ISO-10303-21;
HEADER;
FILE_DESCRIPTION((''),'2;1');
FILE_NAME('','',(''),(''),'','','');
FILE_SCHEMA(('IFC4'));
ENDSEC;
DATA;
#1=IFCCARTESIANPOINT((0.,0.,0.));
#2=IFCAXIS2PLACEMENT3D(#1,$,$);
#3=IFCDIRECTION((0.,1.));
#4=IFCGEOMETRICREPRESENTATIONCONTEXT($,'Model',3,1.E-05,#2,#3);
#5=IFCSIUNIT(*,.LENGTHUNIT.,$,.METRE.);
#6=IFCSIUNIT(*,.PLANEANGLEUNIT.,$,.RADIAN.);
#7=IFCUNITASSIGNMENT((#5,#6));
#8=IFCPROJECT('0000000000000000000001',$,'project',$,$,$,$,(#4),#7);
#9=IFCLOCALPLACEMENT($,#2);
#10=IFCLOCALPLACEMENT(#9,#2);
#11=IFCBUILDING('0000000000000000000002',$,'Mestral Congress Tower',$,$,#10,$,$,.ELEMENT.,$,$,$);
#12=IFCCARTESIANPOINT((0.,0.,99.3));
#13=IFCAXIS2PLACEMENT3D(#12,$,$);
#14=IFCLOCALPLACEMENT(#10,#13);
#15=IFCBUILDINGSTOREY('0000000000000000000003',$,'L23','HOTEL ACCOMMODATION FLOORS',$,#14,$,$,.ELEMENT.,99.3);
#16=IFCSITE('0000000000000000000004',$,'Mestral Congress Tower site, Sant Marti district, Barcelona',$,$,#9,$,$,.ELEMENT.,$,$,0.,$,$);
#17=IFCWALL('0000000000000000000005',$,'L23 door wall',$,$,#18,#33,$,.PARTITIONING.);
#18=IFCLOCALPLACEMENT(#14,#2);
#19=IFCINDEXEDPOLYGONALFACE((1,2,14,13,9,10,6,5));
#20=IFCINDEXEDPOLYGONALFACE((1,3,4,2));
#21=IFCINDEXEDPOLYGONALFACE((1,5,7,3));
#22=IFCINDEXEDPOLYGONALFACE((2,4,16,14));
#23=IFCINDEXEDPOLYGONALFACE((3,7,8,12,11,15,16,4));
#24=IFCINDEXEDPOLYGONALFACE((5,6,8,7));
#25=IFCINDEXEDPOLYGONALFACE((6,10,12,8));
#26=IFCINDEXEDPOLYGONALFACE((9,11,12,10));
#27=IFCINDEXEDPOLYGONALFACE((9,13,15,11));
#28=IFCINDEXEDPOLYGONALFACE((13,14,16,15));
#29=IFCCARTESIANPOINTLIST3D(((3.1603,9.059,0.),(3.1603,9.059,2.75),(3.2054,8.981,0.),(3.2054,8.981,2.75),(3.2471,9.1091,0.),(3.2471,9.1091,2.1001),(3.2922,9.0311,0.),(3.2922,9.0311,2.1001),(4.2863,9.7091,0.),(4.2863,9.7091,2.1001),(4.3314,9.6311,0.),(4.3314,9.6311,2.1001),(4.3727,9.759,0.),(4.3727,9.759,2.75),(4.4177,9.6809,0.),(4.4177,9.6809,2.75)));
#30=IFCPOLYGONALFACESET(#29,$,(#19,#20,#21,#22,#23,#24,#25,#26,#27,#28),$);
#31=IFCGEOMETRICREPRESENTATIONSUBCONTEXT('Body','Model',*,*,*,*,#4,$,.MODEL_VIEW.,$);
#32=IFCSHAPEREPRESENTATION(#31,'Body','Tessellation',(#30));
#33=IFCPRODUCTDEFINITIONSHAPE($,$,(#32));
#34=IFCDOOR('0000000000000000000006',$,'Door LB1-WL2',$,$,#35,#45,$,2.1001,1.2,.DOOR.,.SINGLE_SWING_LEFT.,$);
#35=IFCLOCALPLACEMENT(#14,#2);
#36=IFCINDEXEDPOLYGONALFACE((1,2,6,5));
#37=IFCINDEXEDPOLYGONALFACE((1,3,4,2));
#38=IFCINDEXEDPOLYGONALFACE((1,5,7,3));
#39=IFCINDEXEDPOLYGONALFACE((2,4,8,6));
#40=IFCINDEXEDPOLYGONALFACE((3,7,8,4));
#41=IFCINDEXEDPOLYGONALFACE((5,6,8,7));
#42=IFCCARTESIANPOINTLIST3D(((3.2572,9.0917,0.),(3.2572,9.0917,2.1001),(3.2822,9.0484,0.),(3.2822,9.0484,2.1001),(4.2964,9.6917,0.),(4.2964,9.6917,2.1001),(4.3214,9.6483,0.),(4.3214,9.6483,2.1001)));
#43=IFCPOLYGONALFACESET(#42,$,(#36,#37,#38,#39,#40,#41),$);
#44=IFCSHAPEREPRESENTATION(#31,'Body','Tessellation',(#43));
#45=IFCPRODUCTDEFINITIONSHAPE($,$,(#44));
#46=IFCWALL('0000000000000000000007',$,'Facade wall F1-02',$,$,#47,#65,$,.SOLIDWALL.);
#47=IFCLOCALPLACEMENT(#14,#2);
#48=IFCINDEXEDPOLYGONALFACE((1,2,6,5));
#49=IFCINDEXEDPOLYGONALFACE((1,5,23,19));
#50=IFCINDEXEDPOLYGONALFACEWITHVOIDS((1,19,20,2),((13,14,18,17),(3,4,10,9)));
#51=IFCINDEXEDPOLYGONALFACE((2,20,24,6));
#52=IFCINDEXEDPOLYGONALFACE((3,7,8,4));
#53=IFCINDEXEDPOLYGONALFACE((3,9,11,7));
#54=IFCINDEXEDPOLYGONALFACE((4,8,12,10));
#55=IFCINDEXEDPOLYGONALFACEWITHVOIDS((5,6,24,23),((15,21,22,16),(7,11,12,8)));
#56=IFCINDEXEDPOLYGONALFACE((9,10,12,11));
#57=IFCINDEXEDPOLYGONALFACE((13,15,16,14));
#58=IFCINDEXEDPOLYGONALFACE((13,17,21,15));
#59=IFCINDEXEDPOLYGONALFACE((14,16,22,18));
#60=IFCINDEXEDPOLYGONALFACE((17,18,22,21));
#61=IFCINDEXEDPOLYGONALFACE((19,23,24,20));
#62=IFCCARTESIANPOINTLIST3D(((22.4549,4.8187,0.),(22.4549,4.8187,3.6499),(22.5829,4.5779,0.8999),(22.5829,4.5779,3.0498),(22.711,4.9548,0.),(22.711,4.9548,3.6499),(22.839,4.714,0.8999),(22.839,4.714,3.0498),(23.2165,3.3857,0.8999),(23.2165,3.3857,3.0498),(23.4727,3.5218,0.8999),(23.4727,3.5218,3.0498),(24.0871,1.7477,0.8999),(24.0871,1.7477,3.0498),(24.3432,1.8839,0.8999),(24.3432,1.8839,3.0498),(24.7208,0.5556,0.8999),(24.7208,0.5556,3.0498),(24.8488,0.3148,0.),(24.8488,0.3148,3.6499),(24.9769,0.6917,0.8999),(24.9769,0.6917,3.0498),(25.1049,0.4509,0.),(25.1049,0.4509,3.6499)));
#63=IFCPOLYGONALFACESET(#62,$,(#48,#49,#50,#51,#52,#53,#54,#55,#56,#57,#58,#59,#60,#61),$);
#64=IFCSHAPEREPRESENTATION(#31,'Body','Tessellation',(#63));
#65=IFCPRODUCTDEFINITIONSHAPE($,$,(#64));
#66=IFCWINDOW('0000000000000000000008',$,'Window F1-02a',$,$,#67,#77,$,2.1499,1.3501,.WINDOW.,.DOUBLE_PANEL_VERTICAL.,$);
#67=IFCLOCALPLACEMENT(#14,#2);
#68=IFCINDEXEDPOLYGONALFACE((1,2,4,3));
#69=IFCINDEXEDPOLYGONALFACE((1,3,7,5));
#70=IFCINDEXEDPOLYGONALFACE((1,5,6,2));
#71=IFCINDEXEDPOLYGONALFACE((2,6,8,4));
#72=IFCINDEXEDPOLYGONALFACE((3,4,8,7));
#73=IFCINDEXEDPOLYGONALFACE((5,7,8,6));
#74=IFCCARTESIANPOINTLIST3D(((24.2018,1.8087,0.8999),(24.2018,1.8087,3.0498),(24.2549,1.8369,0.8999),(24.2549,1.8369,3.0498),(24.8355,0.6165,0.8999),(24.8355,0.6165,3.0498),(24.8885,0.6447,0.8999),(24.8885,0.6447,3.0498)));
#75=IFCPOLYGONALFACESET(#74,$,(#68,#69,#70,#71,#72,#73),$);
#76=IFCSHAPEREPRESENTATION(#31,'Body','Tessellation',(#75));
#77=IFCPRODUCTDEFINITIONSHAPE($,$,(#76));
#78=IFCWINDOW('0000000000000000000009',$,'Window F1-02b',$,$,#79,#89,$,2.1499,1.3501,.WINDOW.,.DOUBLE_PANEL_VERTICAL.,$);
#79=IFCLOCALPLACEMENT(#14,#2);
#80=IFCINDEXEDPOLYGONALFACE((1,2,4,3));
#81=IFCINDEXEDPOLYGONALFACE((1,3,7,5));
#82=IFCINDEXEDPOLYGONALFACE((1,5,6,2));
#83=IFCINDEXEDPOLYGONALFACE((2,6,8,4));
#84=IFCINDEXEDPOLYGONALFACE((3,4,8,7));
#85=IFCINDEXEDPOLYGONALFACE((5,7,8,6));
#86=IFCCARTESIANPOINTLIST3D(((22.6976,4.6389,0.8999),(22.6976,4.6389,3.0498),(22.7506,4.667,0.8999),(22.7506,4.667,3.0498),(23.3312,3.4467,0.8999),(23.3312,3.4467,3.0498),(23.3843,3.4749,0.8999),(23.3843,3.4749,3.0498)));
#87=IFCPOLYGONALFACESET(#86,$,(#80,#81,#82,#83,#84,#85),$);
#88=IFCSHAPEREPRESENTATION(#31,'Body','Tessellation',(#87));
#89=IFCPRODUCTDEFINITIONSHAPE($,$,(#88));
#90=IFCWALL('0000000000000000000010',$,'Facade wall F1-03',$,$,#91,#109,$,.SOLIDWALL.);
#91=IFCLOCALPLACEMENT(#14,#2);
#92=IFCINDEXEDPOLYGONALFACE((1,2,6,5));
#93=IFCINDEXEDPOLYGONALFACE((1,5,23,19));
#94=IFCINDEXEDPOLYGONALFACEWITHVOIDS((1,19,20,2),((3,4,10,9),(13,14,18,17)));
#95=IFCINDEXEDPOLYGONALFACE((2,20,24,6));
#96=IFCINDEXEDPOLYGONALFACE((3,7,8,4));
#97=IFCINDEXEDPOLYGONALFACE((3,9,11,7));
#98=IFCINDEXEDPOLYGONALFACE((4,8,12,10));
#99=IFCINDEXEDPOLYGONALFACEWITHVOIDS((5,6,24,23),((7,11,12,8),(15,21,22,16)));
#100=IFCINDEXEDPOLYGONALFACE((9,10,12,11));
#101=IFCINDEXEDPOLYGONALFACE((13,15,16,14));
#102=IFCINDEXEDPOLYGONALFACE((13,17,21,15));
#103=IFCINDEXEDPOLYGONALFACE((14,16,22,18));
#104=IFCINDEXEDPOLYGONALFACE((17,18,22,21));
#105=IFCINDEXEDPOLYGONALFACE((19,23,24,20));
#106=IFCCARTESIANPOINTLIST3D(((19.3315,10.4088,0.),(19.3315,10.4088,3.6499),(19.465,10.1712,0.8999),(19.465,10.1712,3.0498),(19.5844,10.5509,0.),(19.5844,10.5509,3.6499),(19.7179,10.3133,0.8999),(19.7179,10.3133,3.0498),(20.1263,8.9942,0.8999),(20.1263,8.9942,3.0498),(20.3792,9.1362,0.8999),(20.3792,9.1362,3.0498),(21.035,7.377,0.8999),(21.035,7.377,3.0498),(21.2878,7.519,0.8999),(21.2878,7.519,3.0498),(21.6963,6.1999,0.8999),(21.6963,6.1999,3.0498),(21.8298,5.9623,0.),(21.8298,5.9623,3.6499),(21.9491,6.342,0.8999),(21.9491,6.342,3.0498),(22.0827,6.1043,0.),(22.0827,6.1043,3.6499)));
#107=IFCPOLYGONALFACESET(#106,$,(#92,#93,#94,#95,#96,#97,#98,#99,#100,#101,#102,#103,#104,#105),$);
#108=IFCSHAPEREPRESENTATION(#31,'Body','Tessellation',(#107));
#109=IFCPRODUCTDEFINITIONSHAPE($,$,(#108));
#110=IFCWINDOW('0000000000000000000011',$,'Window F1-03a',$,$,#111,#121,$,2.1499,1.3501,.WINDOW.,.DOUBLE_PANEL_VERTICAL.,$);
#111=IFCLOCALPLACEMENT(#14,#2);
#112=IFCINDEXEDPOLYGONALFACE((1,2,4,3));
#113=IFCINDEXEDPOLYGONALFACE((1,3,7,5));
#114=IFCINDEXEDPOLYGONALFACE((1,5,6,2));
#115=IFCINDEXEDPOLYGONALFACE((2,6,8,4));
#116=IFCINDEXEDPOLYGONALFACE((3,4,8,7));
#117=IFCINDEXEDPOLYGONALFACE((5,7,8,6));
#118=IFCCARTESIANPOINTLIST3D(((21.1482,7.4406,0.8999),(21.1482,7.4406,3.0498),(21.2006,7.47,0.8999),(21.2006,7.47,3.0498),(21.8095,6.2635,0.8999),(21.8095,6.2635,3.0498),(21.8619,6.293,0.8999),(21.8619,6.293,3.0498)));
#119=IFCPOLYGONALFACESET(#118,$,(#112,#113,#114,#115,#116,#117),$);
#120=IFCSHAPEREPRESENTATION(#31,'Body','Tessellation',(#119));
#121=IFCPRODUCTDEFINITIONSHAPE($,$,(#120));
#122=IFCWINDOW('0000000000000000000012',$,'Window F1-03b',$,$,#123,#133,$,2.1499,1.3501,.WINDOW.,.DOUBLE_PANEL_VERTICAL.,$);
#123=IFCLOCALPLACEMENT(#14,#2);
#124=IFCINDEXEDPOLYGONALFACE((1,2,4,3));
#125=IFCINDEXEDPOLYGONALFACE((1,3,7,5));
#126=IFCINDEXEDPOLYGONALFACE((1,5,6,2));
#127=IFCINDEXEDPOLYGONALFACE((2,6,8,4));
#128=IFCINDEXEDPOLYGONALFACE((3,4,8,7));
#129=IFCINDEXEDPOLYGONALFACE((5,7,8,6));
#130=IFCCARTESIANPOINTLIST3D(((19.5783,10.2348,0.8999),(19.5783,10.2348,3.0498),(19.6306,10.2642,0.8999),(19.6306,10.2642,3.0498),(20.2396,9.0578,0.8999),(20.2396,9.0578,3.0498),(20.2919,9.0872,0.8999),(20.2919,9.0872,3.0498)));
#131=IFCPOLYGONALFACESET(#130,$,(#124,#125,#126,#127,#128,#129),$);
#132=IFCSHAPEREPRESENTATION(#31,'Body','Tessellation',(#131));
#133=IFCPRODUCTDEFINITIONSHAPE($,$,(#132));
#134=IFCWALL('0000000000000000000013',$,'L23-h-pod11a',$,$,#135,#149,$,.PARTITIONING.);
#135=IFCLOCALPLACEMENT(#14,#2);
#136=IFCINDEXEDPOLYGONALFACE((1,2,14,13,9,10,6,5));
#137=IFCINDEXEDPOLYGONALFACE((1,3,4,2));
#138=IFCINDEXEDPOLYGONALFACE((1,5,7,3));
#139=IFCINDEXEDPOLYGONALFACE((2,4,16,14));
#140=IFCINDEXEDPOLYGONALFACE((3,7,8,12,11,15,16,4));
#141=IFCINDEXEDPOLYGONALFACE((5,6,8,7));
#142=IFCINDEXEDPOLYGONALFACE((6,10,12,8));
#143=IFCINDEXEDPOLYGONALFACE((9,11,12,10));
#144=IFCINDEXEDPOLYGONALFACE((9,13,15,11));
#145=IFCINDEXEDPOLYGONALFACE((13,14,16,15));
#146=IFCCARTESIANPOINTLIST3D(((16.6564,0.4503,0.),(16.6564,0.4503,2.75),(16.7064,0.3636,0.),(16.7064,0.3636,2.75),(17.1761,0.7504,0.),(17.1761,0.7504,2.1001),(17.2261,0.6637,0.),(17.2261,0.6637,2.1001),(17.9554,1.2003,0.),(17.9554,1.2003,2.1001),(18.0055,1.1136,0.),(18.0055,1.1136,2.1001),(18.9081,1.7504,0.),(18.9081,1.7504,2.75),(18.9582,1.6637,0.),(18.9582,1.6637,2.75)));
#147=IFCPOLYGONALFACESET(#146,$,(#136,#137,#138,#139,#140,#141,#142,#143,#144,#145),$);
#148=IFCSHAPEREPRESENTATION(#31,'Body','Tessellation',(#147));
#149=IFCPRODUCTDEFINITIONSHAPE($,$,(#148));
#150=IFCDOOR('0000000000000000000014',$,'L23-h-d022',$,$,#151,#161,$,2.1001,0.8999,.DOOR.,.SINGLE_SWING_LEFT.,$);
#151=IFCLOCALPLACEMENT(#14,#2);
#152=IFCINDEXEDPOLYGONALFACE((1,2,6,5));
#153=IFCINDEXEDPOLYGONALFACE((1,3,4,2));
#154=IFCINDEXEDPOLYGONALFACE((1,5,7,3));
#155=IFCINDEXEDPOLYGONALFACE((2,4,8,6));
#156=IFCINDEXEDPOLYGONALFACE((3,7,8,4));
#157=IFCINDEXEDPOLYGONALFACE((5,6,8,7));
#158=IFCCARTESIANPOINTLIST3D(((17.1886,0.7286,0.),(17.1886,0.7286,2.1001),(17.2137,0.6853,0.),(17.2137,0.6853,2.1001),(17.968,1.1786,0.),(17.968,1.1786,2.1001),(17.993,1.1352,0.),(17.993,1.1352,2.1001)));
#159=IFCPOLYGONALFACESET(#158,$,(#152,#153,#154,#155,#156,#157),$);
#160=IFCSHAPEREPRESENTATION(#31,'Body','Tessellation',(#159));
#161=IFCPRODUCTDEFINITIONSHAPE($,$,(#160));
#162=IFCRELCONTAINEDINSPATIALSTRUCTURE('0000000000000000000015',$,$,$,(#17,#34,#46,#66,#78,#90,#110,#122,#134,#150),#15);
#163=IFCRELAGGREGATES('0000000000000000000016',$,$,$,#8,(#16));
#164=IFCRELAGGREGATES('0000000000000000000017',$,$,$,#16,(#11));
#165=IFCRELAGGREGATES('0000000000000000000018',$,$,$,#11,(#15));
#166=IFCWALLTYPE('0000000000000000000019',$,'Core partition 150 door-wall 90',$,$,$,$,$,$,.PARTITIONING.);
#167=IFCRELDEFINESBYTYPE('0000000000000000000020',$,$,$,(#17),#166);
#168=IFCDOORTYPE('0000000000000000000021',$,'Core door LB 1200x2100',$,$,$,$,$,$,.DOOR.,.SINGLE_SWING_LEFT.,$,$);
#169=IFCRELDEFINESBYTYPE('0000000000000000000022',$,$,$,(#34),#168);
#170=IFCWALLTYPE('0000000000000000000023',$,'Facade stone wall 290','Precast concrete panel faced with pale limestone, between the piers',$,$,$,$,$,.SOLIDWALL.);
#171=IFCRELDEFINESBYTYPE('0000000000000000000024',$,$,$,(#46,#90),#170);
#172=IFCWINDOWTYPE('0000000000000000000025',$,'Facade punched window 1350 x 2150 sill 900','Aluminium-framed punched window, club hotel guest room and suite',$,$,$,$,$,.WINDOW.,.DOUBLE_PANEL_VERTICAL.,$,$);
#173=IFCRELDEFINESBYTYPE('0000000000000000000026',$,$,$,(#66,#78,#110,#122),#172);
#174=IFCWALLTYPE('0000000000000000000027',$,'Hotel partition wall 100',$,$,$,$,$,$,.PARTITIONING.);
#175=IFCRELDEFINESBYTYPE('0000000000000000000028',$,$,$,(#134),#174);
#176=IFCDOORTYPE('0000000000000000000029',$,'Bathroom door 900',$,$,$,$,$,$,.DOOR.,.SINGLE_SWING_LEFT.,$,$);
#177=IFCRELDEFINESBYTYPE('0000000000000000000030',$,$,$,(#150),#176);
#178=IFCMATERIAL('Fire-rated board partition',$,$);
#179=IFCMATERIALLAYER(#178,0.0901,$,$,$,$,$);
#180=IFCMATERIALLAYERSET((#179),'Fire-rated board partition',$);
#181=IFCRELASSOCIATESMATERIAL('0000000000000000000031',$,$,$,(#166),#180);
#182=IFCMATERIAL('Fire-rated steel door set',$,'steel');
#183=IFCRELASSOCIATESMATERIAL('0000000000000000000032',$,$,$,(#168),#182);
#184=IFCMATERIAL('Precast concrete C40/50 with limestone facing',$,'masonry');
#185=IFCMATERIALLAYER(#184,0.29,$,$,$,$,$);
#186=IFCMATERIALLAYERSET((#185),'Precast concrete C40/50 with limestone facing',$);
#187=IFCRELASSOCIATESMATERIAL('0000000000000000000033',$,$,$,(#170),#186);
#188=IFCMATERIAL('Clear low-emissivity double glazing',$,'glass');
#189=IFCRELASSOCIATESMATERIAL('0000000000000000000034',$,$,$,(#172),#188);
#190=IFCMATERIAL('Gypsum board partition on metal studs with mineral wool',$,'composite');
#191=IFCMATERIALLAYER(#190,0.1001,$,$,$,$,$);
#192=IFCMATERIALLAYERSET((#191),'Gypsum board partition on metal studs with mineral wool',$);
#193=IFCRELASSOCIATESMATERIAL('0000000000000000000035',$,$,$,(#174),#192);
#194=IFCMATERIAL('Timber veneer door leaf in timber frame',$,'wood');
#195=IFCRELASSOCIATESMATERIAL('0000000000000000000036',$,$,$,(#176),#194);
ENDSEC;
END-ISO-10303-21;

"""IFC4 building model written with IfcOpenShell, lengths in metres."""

from ifc_helpers import new_model, si_unit, direction, frame, frame_2d, origin, place, context, subcontext, project, spatial, rectangle, extrude, material, layer, layer_set, type_object, element, fill, save


model = new_model("IFC4")

# Units and contexts
model_context = context("Model", 3, precision=1e-05, world=origin(), true_north=direction((0.0, 1.0)))
body_context = subcontext(model_context, "Body", "Model", "MODEL_VIEW")
ifc_project = project(units=[si_unit("LENGTHUNIT", "METRE"), si_unit("PLANEANGLEUNIT", "RADIAN")], contexts=[model_context])

# Site, building, storey
site_placement = place(None, origin())
site = spatial("IfcSite", under=ifc_project, at=site_placement, Name="Mestral Congress Tower site, Sant Marti district, Barcelona", CompositionType="ELEMENT", RefElevation=0.0)
building_placement = place(site_placement, origin())
building = spatial("IfcBuilding", under=site, at=building_placement, Name="Mestral Congress Tower", CompositionType="ELEMENT")
storey_placement = place(building_placement, frame((0.0, 0.0, 99.3)))
storey = spatial("IfcBuildingStorey", under=building, at=storey_placement, Name="L23", Description="HOTEL ACCOMMODATION FLOORS", CompositionType="ELEMENT", Elevation=99.3)

# Shared definitions
ifc_material_1 = material(Name="Fire-rated board partition")

# Wall, opening, door
ifc_layer_1 = layer(ifc_material_1, 0.0901)
ifc_layer_set_1 = layer_set([ifc_layer_1], Name="Fire-rated board partition")
wall_type_1 = type_object("IfcWallType", Name="Core partition 150 door-wall 90", PredefinedType="PARTITIONING", material=ifc_layer_set_1)
wall_1_placement = place(storey_placement, frame((3.1829, 9.02, 0.0), z_axis=(0.0, 0.0, 1.0), x_axis=(0.866035, 0.499984, 0.0)))
wall_1 = element("IfcWall", 1, at=wall_1_placement, inside=storey, type_object=wall_type_1, Name="L23 door wall", PredefinedType="PARTITIONING", context=body_context, shape_type="SweptSolid", body=[
    extrude(rectangle(XDim=1.3999, YDim=0.0901, at=frame_2d((0.7, 0.0))), origin(), (0.0, 0.0, 1.0), 2.75),
])
opening_1_placement = place(wall_1_placement, frame((0.1001, 0.0, 0.0)))
opening_1 = element("IfcOpeningElement", 2, at=opening_1_placement, cuts=wall_1, PredefinedType="OPENING", context=body_context, shape_type="SweptSolid", body=[
    extrude(rectangle(XDim=1.2, YDim=2.1001, at=frame_2d((0.6001, 1.05))), frame((0.0, 0.0549, 0.0), z_axis=(0.0, -1.0, 0.0), x_axis=(1.0, 0.0, 0.0)), (0.0, 0.0, 1.0), 0.1101),
])
ifc_material_2 = material(Name="Fire-rated steel door set", Category="steel")
door_type_1 = type_object("IfcDoorType", Name="Core door LB 1200x2100", OperationType="SINGLE_SWING_LEFT", PredefinedType="DOOR", material=ifc_material_2)
door_1_placement = place(opening_1_placement, origin())
door_1 = element("IfcDoor", 3, at=door_1_placement, inside=storey, type_object=door_type_1, Name="Door LB1-WL2", OperationType="SINGLE_SWING_LEFT", OverallHeight=2.1001, OverallWidth=1.2, PredefinedType="DOOR", context=body_context, shape_type="SweptSolid", body=[
    extrude(rectangle(XDim=1.2, YDim=2.1001, at=frame_2d((0.6001, 1.05))), frame((0.0, 0.0249, 0.0), z_axis=(0.0, -1.0, 0.0), x_axis=(1.0, 0.0, 0.0)), (0.0, 0.0, 1.0), 0.05),
])
fill(opening_1, door_1)

# Walls, openings, windows
ifc_material_3 = material(Name="Precast concrete C40/50 with limestone facing", Category="masonry")
ifc_layer_2 = layer(ifc_material_3, 0.29)
ifc_layer_set_2 = layer_set([ifc_layer_2], Name="Precast concrete C40/50 with limestone facing")
wall_type_2 = type_object("IfcWallType", Name="Facade stone wall 290", Description="Precast concrete panel faced with pale limestone, between the piers", PredefinedType="SOLIDWALL", material=ifc_layer_set_2)
wall_2_placement = place(storey_placement, frame((24.9768, 0.3828, 0.0), z_axis=(0.0, 0.0, 1.0), x_axis=(-0.469323, 0.883026, 0.0)))
wall_2 = element("IfcWall", 4, at=wall_2_placement, inside=storey, type_object=wall_type_2, Name="Facade wall F1-02", PredefinedType="SOLIDWALL", context=body_context, shape_type="SweptSolid", body=[
    extrude(rectangle(XDim=5.1006, YDim=0.29, at=frame_2d((2.5503, 0.0))), origin(), (0.0, 0.0, 1.0), 3.6499),
])
opening_2_placement = place(wall_2_placement, frame((0.2727, 0.0, 0.8999)))
opening_2 = element("IfcOpeningElement", 5, at=opening_2_placement, cuts=wall_2, PredefinedType="OPENING", context=body_context, shape_type="SweptSolid", body=[
    extrude(rectangle(XDim=1.3501, YDim=2.1499, at=frame_2d((0.675, 1.075))), frame((0.0, 0.155, 0.0), z_axis=(0.0, -1.0, 0.0), x_axis=(1.0, 0.0, 0.0)), (0.0, 0.0, 1.0), 0.3101),
])
opening_3_placement = place(wall_2_placement, frame((3.4778, 0.0, 0.8999)))
opening_3 = element("IfcOpeningElement", 6, at=opening_3_placement, cuts=wall_2, PredefinedType="OPENING", context=body_context, shape_type="SweptSolid", body=[
    extrude(rectangle(XDim=1.3501, YDim=2.1499, at=frame_2d((0.675, 1.075))), frame((0.0, 0.155, 0.0), z_axis=(0.0, -1.0, 0.0), x_axis=(1.0, 0.0, 0.0)), (0.0, 0.0, 1.0), 0.3101),
])
ifc_material_4 = material(Name="Clear low-emissivity double glazing", Category="glass")
window_type = type_object("IfcWindowType", Name="Facade punched window 1350 x 2150 sill 900", Description="Aluminium-framed punched window, club hotel guest room and suite", PartitioningType="DOUBLE_PANEL_VERTICAL", PredefinedType="WINDOW", material=ifc_material_4)
window_1_placement = place(opening_2_placement, origin())
window_1 = element("IfcWindow", 7, at=window_1_placement, inside=storey, type_object=window_type, Name="Window F1-02a", OverallHeight=2.1499, OverallWidth=1.3501, PartitioningType="DOUBLE_PANEL_VERTICAL", PredefinedType="WINDOW", context=body_context, shape_type="SweptSolid", body=[
    extrude(rectangle(XDim=1.3501, YDim=2.1499, at=frame_2d((0.675, 1.075))), frame((0.0, 0.0151, 0.0), z_axis=(0.0, -1.0, 0.0), x_axis=(1.0, 0.0, 0.0)), (0.0, 0.0, 1.0), 0.0601),
])
fill(opening_2, window_1)
window_2_placement = place(opening_3_placement, origin())
window_2 = element("IfcWindow", 8, at=window_2_placement, inside=storey, type_object=window_type, Name="Window F1-02b", OverallHeight=2.1499, OverallWidth=1.3501, PartitioningType="DOUBLE_PANEL_VERTICAL", PredefinedType="WINDOW", context=body_context, shape_type="SweptSolid", body=[
    extrude(rectangle(XDim=1.3501, YDim=2.1499, at=frame_2d((0.675, 1.075))), frame((0.0, 0.0151, 0.0), z_axis=(0.0, -1.0, 0.0), x_axis=(1.0, 0.0, 0.0)), (0.0, 0.0, 1.0), 0.0601),
])
fill(opening_3, window_2)
wall_3_placement = place(storey_placement, frame((21.9563, 6.0332, 0.0), z_axis=(0.0, 0.0, 1.0), x_axis=(-0.489832, 0.871817, 0.0)))
wall_3 = element("IfcWall", 9, at=wall_3_placement, inside=storey, type_object=wall_type_2, Name="Facade wall F1-03", PredefinedType="SOLIDWALL", context=body_context, shape_type="SweptSolid", body=[
    extrude(rectangle(XDim=5.1003, YDim=0.29, at=frame_2d((2.5503, 0.0))), origin(), (0.0, 0.0, 1.0), 3.6499),
])
opening_4_placement = place(wall_3_placement, frame((0.2727, 0.0, 0.8999)))
opening_4 = element("IfcOpeningElement", 10, at=opening_4_placement, cuts=wall_3, PredefinedType="OPENING", context=body_context, shape_type="SweptSolid", body=[
    extrude(rectangle(XDim=1.3501, YDim=2.1499, at=frame_2d((0.675, 1.075))), frame((0.0, 0.155, 0.0), z_axis=(0.0, -1.0, 0.0), x_axis=(1.0, 0.0, 0.0)), (0.0, 0.0, 1.0), 0.3101),
])
opening_5_placement = place(wall_3_placement, frame((3.4778, 0.0, 0.8999)))
opening_5 = element("IfcOpeningElement", 11, at=opening_5_placement, cuts=wall_3, PredefinedType="OPENING", context=body_context, shape_type="SweptSolid", body=[
    extrude(rectangle(XDim=1.3501, YDim=2.1499, at=frame_2d((0.675, 1.075))), frame((0.0, 0.155, 0.0), z_axis=(0.0, -1.0, 0.0), x_axis=(1.0, 0.0, 0.0)), (0.0, 0.0, 1.0), 0.3101),
])
window_3_placement = place(opening_4_placement, origin())
window_3 = element("IfcWindow", 12, at=window_3_placement, inside=storey, type_object=window_type, Name="Window F1-03a", OverallHeight=2.1499, OverallWidth=1.3501, PartitioningType="DOUBLE_PANEL_VERTICAL", PredefinedType="WINDOW", context=body_context, shape_type="SweptSolid", body=[
    extrude(rectangle(XDim=1.3501, YDim=2.1499, at=frame_2d((0.675, 1.075))), frame((0.0, 0.0151, 0.0), z_axis=(0.0, -1.0, 0.0), x_axis=(1.0, 0.0, 0.0)), (0.0, 0.0, 1.0), 0.0601),
])
fill(opening_4, window_3)
window_4_placement = place(opening_5_placement, origin())
window_4 = element("IfcWindow", 13, at=window_4_placement, inside=storey, type_object=window_type, Name="Window F1-03b", OverallHeight=2.1499, OverallWidth=1.3501, PartitioningType="DOUBLE_PANEL_VERTICAL", PredefinedType="WINDOW", context=body_context, shape_type="SweptSolid", body=[
    extrude(rectangle(XDim=1.3501, YDim=2.1499, at=frame_2d((0.675, 1.075))), frame((0.0, 0.0151, 0.0), z_axis=(0.0, -1.0, 0.0), x_axis=(1.0, 0.0, 0.0)), (0.0, 0.0, 1.0), 0.0601),
])
fill(opening_5, window_4)

# Wall, opening, door
ifc_material_5 = material(Name="Gypsum board partition on metal studs with mineral wool", Category="composite")
ifc_layer_3 = layer(ifc_material_5, 0.1001)
ifc_layer_set_3 = layer_set([ifc_layer_3], Name="Gypsum board partition on metal studs with mineral wool")
wall_type_3 = type_object("IfcWallType", Name="Hotel partition wall 100", PredefinedType="PARTITIONING", material=ifc_layer_set_3)
wall_4_placement = place(storey_placement, frame((16.6814, 0.407, 0.0), z_axis=(0.0, 0.0, 1.0), x_axis=(0.866021, 0.500007, 0.0)))
wall_4 = element("IfcWall", 14, at=wall_4_placement, inside=storey, type_object=wall_type_3, Name="L23-h-pod11a", PredefinedType="PARTITIONING", context=body_context, shape_type="SweptSolid", body=[
    extrude(rectangle(XDim=2.6001, YDim=0.1001, at=frame_2d((1.3, 0.0))), origin(), (0.0, 0.0, 1.0), 2.75),
])
opening_6_placement = place(wall_4_placement, frame((0.6001, 0.0, 0.0)))
opening_6 = element("IfcOpeningElement", 15, at=opening_6_placement, cuts=wall_4, PredefinedType="OPENING", context=body_context, shape_type="SweptSolid", body=[
    extrude(rectangle(XDim=0.8999, YDim=2.1001, at=frame_2d((0.45, 1.05))), frame((0.0, 0.0601, 0.0), z_axis=(0.0, -1.0, 0.0), x_axis=(1.0, 0.0, 0.0)), (0.0, 0.0, 1.0), 0.1201),
])
ifc_material_6 = material(Name="Timber veneer door leaf in timber frame", Category="wood")
door_type_2 = type_object("IfcDoorType", Name="Bathroom door 900", OperationType="SINGLE_SWING_LEFT", PredefinedType="DOOR", material=ifc_material_6)
door_2_placement = place(opening_6_placement, origin())
door_2 = element("IfcDoor", 16, at=door_2_placement, inside=storey, type_object=door_type_2, Name="L23-h-d022", OperationType="SINGLE_SWING_LEFT", OverallHeight=2.1001, OverallWidth=0.8999, PredefinedType="DOOR", context=body_context, shape_type="SweptSolid", body=[
    extrude(rectangle(XDim=0.8999, YDim=2.1001, at=frame_2d((0.45, 1.05))), frame((0.0, 0.0249, 0.0), z_axis=(0.0, -1.0, 0.0), x_axis=(1.0, 0.0, 0.0)), (0.0, 0.0, 1.0), 0.05),
])
fill(opening_6, door_2)

save(model, "model.ifc")
